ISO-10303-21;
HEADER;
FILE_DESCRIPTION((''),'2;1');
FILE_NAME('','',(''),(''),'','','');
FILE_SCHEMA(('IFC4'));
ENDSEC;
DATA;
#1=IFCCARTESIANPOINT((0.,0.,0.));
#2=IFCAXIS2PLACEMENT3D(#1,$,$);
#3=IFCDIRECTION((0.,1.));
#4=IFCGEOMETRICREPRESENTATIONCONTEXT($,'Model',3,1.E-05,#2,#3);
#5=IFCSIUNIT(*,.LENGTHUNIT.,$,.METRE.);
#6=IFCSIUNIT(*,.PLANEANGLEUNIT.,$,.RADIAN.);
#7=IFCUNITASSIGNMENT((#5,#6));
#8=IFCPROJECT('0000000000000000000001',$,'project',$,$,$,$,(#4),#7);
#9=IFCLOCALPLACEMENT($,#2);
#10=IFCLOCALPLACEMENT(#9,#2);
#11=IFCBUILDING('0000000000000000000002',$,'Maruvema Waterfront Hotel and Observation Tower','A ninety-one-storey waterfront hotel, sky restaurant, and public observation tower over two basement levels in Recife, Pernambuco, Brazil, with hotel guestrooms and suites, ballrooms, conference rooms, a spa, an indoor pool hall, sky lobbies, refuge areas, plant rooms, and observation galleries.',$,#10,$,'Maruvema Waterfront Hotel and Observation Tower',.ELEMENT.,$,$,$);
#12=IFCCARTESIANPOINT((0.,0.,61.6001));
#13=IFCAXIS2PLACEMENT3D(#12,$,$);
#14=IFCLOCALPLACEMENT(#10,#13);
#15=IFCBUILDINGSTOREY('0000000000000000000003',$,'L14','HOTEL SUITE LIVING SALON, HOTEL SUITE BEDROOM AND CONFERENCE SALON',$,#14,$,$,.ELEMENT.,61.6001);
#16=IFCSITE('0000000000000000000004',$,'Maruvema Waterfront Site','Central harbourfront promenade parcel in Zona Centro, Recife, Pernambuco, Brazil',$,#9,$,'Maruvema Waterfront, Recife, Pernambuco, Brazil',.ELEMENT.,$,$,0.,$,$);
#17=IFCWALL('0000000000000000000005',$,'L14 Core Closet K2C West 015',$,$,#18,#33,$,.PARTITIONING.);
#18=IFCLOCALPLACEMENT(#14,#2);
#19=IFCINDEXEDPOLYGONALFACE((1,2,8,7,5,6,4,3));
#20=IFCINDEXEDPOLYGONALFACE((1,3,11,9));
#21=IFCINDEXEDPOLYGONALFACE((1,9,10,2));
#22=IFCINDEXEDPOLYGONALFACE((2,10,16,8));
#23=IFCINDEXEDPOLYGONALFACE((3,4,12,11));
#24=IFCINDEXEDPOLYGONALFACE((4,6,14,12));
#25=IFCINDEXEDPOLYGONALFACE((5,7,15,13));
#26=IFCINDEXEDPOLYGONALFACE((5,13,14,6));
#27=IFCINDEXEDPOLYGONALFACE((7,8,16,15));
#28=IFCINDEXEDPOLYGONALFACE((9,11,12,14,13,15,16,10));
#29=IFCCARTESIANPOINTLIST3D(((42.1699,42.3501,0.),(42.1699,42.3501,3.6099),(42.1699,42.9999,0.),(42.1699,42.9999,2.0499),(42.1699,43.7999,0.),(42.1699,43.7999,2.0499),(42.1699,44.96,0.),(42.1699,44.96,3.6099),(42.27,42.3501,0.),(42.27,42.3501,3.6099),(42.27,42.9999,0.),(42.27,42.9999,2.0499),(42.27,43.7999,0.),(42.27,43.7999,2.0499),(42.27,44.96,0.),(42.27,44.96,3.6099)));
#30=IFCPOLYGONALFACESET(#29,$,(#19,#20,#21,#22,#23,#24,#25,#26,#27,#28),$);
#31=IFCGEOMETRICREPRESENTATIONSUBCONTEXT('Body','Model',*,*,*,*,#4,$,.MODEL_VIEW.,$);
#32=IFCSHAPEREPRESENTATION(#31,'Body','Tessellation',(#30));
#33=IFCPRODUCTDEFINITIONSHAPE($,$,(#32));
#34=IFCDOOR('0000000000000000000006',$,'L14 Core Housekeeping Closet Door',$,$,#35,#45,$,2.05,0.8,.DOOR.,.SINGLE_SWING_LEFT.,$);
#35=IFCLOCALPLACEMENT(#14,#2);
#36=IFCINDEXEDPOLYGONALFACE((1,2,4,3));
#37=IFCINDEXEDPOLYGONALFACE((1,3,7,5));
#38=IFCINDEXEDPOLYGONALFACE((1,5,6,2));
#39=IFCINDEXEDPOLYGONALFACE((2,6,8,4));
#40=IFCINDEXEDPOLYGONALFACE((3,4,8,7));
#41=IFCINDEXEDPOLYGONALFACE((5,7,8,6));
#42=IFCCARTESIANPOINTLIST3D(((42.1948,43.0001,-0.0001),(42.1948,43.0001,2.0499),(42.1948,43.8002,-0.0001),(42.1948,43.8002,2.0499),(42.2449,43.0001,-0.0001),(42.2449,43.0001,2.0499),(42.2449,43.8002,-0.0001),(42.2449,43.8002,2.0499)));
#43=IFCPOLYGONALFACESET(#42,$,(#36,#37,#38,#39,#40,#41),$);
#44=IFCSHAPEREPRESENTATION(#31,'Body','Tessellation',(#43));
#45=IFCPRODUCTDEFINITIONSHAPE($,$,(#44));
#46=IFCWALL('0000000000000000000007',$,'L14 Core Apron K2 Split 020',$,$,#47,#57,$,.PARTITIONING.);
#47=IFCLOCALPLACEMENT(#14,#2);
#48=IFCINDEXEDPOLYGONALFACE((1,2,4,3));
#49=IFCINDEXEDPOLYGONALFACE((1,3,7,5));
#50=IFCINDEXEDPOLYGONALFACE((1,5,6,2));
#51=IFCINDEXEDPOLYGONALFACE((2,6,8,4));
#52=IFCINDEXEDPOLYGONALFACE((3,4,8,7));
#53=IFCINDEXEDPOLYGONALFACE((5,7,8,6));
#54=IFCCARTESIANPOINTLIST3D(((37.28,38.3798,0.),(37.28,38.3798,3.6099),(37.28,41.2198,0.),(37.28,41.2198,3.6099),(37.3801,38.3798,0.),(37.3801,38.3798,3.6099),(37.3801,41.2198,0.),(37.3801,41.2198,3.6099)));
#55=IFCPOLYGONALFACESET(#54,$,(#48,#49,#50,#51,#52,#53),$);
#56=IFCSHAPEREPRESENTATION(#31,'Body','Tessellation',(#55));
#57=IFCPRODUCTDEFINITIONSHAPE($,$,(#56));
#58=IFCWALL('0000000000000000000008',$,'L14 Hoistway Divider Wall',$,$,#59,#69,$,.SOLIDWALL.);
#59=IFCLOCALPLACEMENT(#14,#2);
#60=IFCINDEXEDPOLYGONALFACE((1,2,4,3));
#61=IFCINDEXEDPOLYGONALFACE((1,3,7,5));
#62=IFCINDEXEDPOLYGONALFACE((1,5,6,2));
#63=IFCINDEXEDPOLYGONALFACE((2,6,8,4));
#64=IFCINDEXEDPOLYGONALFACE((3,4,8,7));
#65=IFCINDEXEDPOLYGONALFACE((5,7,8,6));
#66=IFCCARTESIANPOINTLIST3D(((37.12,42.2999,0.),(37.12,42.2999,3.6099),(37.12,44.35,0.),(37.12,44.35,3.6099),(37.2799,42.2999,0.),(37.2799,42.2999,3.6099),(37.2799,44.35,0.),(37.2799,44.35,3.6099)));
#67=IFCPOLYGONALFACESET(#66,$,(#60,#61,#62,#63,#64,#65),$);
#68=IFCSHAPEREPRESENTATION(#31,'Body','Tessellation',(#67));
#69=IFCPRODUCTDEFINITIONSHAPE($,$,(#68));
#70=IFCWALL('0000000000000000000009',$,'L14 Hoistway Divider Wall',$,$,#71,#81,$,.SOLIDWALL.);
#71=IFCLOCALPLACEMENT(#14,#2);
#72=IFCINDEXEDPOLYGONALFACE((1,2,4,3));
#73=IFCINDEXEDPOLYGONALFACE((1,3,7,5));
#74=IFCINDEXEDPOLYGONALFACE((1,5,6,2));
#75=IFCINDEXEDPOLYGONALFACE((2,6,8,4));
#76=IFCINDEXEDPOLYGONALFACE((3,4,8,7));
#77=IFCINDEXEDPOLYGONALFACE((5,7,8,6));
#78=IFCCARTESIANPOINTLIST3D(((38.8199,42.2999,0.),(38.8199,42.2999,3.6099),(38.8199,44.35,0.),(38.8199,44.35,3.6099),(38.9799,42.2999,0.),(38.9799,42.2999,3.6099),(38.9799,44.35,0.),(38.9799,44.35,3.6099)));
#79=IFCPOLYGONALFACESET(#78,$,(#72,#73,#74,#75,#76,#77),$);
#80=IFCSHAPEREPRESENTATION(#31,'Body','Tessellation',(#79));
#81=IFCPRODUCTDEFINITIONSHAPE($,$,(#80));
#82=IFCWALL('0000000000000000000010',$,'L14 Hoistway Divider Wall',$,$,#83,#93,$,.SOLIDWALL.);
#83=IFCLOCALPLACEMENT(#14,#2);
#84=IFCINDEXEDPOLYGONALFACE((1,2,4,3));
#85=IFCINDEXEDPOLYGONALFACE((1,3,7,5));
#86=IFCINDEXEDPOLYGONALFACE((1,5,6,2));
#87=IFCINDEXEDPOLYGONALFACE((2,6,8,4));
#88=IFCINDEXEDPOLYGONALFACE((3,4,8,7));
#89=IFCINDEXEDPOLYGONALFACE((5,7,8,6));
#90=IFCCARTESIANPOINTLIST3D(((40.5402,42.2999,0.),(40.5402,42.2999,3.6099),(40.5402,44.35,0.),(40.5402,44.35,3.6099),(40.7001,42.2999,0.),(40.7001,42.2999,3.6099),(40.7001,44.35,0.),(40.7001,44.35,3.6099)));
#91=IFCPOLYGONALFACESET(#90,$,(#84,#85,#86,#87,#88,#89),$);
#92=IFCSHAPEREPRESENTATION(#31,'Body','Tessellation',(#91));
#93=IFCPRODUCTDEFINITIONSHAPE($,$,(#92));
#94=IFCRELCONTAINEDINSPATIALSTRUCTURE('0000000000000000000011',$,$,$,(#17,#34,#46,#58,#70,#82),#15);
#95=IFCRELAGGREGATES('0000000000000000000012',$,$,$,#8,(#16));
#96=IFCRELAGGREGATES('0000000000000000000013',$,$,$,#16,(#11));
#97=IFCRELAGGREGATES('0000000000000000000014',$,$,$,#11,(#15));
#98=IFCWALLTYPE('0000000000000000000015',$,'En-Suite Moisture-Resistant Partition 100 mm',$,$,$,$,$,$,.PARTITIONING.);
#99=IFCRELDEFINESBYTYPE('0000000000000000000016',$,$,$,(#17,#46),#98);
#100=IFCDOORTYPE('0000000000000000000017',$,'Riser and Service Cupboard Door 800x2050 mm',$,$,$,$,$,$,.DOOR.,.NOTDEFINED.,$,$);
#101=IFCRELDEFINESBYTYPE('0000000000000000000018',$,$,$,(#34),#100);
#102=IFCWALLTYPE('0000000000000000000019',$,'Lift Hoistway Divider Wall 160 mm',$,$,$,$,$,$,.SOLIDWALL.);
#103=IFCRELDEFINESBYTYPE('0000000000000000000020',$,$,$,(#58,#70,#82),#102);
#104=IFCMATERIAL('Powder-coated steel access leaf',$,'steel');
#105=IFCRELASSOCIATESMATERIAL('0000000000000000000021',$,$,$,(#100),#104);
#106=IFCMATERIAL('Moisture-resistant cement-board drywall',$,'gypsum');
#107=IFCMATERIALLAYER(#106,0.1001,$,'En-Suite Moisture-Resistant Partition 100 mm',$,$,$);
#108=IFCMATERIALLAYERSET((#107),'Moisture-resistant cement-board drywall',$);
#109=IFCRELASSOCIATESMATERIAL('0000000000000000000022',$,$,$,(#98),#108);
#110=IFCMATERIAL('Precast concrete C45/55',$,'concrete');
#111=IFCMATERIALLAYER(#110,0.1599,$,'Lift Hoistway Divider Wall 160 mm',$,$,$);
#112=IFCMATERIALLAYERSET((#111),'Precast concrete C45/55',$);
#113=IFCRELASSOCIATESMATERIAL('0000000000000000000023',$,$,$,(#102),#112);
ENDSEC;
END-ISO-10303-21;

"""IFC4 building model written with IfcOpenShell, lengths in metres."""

from ifc_helpers import new_model, si_unit, direction, frame, frame_2d, origin, place, context, subcontext, project, spatial, rectangle, extrude, material, layer, layer_set, type_object, element, fill, save


model = new_model("IFC4")

# Units and contexts
model_context = context("Model", 3, precision=1e-05, world=origin(), true_north=direction((0.0, 1.0)))
body_context = subcontext(model_context, "Body", "Model", "MODEL_VIEW")
ifc_project = project(units=[si_unit("LENGTHUNIT", "METRE"), si_unit("PLANEANGLEUNIT", "RADIAN")], contexts=[model_context])

# Site, building, storey
site_placement = place(None, origin())
site = spatial("IfcSite", under=ifc_project, at=site_placement, Name="Maruvema Waterfront Site", Description="Central harbourfront promenade parcel in Zona Centro, Recife, Pernambuco, Brazil", LongName="Maruvema Waterfront, Recife, Pernambuco, Brazil", CompositionType="ELEMENT", RefElevation=0.0)
building_placement = place(site_placement, origin())
building = spatial("IfcBuilding", under=site, at=building_placement, Name="Maruvema Waterfront Hotel and Observation Tower", Description="A ninety-one-storey waterfront hotel, sky restaurant, and public observation tower over two basement levels in Recife, Pernambuco, Brazil, with hotel guestrooms and suites, ballrooms, conference rooms, a spa, an indoor pool hall, sky lobbies, refuge areas, plant rooms, and observation galleries.", LongName="Maruvema Waterfront Hotel and Observation Tower", CompositionType="ELEMENT")
storey_placement = place(building_placement, frame((0.0, 0.0, 61.6001)))
storey = spatial("IfcBuildingStorey", under=building, at=storey_placement, Name="L14", Description="HOTEL SUITE LIVING SALON, HOTEL SUITE BEDROOM AND CONFERENCE SALON", CompositionType="ELEMENT", Elevation=61.6001)

# Shared definitions
ifc_material_1 = material(Name="Powder-coated steel access leaf", Category="steel")
door_type = type_object("IfcDoorType", Name="Riser and Service Cupboard Door 800x2050 mm", OperationType="NOTDEFINED", PredefinedType="DOOR", material=ifc_material_1)

# Shared definitions
ifc_material_2 = material(Name="Moisture-resistant cement-board drywall", Category="gypsum")
ifc_layer_1 = layer(ifc_material_2, 0.1001, Name="En-Suite Moisture-Resistant Partition 100 mm")
ifc_layer_set_1 = layer_set([ifc_layer_1], Name="Moisture-resistant cement-board drywall")
wall_type_1 = type_object("IfcWallType", Name="En-Suite Moisture-Resistant Partition 100 mm", PredefinedType="PARTITIONING", material=ifc_layer_set_1)

# Wall, opening, door
wall_1_placement = place(storey_placement, frame((42.22, 42.3501, 0.0), z_axis=(0.0, 0.0, 1.0), x_axis=(0.0, 1.0, 0.0)))
wall_1 = element("IfcWall", 1, at=wall_1_placement, inside=storey, type_object=wall_type_1, Name="L14 Core Closet K2C West 015", PredefinedType="PARTITIONING", context=body_context, shape_type="SweptSolid", body=[
    extrude(rectangle(XDim=2.6099, YDim=0.1001, at=frame_2d((1.3049, 0.0))), origin(), (0.0, 0.0, 1.0), 3.6099),
])
opening_1_placement = place(wall_1_placement, frame((0.6499, 0.0, 0.0)))
opening_1 = element("IfcOpeningElement", 2, at=opening_1_placement, cuts=wall_1, PredefinedType="OPENING", context=body_context, shape_type="SweptSolid", body=[
    extrude(rectangle(XDim=0.8, YDim=2.05, at=frame_2d((0.3999, 1.0249))), frame((0.0, 0.0601, 0.0), z_axis=(0.0, -1.0, 0.0), x_axis=(1.0, 0.0, 0.0)), (0.0, 0.0, 1.0), 0.1201),
])
door_1_placement = place(opening_1_placement, frame((0.8, 0.0, 0.0), z_axis=(0.0, 0.0, 1.0), x_axis=(-1.0, 0.0, 0.0)))
door_1 = element("IfcDoor", 3, at=door_1_placement, inside=storey, type_object=door_type, Name="L14 Core Housekeeping Closet Door", OperationType="SINGLE_SWING_LEFT", OverallHeight=2.05, OverallWidth=0.8, PredefinedType="DOOR", context=body_context, shape_type="SweptSolid", body=[
    extrude(rectangle(XDim=0.8, YDim=2.05, at=frame_2d((0.3999, 1.0249))), frame((0.0, 0.0249, 0.0), z_axis=(0.0, -1.0, 0.0), x_axis=(1.0, 0.0, 0.0)), (0.0, 0.0, 1.0), 0.05),
])
fill(opening_1, door_1)

# Walls
wall_2_placement = place(storey_placement, frame((37.3301, 38.3799, 0.0), z_axis=(0.0, 0.0, 1.0), x_axis=(0.0, 1.0, 0.0)))
element("IfcWall", 4, at=wall_2_placement, inside=storey, type_object=wall_type_1, Name="L14 Core Apron K2 Split 020", PredefinedType="PARTITIONING", context=body_context, shape_type="SweptSolid", body=[
    extrude(rectangle(XDim=2.8401, YDim=0.1001, at=frame_2d((1.4199, 0.0))), origin(), (0.0, 0.0, 1.0), 3.6099),
])
ifc_material_3 = material(Name="Precast concrete C45/55", Category="concrete")
ifc_layer_2 = layer(ifc_material_3, 0.1599, Name="Lift Hoistway Divider Wall 160 mm")
ifc_layer_set_2 = layer_set([ifc_layer_2], Name="Precast concrete C45/55")
wall_type_2 = type_object("IfcWallType", Name="Lift Hoistway Divider Wall 160 mm", PredefinedType="SOLIDWALL", material=ifc_layer_set_2)
for number, where, z_axis, x_axis, name in (
    (5, (37.2, 42.3, 0.0), (0.0, 0.0, 1.0), (0.0, 1.0, 0.0), "L14 Hoistway Divider Wall"),
    (6, (38.8999, 42.3, 0.0), (0.0, 0.0, 1.0), (0.0, 1.0, 0.0), "L14 Hoistway Divider Wall"),
    (7, (40.6201, 42.3, 0.0), (0.0, 0.0, 1.0), (0.0, 1.0, 0.0), "L14 Hoistway Divider Wall"),
):
    element("IfcWall", number, at=place(storey_placement, frame(where, z_axis=z_axis, x_axis=x_axis)), inside=storey, type_object=wall_type_2, Name=name, PredefinedType="SOLIDWALL", context=body_context, shape_type="SweptSolid", body=[
        extrude(rectangle(XDim=2.05, YDim=0.1599, at=frame_2d((1.0249, 0.0))), origin(), (0.0, 0.0, 1.0), 3.6099),
    ])

save(model, "model.ifc")
